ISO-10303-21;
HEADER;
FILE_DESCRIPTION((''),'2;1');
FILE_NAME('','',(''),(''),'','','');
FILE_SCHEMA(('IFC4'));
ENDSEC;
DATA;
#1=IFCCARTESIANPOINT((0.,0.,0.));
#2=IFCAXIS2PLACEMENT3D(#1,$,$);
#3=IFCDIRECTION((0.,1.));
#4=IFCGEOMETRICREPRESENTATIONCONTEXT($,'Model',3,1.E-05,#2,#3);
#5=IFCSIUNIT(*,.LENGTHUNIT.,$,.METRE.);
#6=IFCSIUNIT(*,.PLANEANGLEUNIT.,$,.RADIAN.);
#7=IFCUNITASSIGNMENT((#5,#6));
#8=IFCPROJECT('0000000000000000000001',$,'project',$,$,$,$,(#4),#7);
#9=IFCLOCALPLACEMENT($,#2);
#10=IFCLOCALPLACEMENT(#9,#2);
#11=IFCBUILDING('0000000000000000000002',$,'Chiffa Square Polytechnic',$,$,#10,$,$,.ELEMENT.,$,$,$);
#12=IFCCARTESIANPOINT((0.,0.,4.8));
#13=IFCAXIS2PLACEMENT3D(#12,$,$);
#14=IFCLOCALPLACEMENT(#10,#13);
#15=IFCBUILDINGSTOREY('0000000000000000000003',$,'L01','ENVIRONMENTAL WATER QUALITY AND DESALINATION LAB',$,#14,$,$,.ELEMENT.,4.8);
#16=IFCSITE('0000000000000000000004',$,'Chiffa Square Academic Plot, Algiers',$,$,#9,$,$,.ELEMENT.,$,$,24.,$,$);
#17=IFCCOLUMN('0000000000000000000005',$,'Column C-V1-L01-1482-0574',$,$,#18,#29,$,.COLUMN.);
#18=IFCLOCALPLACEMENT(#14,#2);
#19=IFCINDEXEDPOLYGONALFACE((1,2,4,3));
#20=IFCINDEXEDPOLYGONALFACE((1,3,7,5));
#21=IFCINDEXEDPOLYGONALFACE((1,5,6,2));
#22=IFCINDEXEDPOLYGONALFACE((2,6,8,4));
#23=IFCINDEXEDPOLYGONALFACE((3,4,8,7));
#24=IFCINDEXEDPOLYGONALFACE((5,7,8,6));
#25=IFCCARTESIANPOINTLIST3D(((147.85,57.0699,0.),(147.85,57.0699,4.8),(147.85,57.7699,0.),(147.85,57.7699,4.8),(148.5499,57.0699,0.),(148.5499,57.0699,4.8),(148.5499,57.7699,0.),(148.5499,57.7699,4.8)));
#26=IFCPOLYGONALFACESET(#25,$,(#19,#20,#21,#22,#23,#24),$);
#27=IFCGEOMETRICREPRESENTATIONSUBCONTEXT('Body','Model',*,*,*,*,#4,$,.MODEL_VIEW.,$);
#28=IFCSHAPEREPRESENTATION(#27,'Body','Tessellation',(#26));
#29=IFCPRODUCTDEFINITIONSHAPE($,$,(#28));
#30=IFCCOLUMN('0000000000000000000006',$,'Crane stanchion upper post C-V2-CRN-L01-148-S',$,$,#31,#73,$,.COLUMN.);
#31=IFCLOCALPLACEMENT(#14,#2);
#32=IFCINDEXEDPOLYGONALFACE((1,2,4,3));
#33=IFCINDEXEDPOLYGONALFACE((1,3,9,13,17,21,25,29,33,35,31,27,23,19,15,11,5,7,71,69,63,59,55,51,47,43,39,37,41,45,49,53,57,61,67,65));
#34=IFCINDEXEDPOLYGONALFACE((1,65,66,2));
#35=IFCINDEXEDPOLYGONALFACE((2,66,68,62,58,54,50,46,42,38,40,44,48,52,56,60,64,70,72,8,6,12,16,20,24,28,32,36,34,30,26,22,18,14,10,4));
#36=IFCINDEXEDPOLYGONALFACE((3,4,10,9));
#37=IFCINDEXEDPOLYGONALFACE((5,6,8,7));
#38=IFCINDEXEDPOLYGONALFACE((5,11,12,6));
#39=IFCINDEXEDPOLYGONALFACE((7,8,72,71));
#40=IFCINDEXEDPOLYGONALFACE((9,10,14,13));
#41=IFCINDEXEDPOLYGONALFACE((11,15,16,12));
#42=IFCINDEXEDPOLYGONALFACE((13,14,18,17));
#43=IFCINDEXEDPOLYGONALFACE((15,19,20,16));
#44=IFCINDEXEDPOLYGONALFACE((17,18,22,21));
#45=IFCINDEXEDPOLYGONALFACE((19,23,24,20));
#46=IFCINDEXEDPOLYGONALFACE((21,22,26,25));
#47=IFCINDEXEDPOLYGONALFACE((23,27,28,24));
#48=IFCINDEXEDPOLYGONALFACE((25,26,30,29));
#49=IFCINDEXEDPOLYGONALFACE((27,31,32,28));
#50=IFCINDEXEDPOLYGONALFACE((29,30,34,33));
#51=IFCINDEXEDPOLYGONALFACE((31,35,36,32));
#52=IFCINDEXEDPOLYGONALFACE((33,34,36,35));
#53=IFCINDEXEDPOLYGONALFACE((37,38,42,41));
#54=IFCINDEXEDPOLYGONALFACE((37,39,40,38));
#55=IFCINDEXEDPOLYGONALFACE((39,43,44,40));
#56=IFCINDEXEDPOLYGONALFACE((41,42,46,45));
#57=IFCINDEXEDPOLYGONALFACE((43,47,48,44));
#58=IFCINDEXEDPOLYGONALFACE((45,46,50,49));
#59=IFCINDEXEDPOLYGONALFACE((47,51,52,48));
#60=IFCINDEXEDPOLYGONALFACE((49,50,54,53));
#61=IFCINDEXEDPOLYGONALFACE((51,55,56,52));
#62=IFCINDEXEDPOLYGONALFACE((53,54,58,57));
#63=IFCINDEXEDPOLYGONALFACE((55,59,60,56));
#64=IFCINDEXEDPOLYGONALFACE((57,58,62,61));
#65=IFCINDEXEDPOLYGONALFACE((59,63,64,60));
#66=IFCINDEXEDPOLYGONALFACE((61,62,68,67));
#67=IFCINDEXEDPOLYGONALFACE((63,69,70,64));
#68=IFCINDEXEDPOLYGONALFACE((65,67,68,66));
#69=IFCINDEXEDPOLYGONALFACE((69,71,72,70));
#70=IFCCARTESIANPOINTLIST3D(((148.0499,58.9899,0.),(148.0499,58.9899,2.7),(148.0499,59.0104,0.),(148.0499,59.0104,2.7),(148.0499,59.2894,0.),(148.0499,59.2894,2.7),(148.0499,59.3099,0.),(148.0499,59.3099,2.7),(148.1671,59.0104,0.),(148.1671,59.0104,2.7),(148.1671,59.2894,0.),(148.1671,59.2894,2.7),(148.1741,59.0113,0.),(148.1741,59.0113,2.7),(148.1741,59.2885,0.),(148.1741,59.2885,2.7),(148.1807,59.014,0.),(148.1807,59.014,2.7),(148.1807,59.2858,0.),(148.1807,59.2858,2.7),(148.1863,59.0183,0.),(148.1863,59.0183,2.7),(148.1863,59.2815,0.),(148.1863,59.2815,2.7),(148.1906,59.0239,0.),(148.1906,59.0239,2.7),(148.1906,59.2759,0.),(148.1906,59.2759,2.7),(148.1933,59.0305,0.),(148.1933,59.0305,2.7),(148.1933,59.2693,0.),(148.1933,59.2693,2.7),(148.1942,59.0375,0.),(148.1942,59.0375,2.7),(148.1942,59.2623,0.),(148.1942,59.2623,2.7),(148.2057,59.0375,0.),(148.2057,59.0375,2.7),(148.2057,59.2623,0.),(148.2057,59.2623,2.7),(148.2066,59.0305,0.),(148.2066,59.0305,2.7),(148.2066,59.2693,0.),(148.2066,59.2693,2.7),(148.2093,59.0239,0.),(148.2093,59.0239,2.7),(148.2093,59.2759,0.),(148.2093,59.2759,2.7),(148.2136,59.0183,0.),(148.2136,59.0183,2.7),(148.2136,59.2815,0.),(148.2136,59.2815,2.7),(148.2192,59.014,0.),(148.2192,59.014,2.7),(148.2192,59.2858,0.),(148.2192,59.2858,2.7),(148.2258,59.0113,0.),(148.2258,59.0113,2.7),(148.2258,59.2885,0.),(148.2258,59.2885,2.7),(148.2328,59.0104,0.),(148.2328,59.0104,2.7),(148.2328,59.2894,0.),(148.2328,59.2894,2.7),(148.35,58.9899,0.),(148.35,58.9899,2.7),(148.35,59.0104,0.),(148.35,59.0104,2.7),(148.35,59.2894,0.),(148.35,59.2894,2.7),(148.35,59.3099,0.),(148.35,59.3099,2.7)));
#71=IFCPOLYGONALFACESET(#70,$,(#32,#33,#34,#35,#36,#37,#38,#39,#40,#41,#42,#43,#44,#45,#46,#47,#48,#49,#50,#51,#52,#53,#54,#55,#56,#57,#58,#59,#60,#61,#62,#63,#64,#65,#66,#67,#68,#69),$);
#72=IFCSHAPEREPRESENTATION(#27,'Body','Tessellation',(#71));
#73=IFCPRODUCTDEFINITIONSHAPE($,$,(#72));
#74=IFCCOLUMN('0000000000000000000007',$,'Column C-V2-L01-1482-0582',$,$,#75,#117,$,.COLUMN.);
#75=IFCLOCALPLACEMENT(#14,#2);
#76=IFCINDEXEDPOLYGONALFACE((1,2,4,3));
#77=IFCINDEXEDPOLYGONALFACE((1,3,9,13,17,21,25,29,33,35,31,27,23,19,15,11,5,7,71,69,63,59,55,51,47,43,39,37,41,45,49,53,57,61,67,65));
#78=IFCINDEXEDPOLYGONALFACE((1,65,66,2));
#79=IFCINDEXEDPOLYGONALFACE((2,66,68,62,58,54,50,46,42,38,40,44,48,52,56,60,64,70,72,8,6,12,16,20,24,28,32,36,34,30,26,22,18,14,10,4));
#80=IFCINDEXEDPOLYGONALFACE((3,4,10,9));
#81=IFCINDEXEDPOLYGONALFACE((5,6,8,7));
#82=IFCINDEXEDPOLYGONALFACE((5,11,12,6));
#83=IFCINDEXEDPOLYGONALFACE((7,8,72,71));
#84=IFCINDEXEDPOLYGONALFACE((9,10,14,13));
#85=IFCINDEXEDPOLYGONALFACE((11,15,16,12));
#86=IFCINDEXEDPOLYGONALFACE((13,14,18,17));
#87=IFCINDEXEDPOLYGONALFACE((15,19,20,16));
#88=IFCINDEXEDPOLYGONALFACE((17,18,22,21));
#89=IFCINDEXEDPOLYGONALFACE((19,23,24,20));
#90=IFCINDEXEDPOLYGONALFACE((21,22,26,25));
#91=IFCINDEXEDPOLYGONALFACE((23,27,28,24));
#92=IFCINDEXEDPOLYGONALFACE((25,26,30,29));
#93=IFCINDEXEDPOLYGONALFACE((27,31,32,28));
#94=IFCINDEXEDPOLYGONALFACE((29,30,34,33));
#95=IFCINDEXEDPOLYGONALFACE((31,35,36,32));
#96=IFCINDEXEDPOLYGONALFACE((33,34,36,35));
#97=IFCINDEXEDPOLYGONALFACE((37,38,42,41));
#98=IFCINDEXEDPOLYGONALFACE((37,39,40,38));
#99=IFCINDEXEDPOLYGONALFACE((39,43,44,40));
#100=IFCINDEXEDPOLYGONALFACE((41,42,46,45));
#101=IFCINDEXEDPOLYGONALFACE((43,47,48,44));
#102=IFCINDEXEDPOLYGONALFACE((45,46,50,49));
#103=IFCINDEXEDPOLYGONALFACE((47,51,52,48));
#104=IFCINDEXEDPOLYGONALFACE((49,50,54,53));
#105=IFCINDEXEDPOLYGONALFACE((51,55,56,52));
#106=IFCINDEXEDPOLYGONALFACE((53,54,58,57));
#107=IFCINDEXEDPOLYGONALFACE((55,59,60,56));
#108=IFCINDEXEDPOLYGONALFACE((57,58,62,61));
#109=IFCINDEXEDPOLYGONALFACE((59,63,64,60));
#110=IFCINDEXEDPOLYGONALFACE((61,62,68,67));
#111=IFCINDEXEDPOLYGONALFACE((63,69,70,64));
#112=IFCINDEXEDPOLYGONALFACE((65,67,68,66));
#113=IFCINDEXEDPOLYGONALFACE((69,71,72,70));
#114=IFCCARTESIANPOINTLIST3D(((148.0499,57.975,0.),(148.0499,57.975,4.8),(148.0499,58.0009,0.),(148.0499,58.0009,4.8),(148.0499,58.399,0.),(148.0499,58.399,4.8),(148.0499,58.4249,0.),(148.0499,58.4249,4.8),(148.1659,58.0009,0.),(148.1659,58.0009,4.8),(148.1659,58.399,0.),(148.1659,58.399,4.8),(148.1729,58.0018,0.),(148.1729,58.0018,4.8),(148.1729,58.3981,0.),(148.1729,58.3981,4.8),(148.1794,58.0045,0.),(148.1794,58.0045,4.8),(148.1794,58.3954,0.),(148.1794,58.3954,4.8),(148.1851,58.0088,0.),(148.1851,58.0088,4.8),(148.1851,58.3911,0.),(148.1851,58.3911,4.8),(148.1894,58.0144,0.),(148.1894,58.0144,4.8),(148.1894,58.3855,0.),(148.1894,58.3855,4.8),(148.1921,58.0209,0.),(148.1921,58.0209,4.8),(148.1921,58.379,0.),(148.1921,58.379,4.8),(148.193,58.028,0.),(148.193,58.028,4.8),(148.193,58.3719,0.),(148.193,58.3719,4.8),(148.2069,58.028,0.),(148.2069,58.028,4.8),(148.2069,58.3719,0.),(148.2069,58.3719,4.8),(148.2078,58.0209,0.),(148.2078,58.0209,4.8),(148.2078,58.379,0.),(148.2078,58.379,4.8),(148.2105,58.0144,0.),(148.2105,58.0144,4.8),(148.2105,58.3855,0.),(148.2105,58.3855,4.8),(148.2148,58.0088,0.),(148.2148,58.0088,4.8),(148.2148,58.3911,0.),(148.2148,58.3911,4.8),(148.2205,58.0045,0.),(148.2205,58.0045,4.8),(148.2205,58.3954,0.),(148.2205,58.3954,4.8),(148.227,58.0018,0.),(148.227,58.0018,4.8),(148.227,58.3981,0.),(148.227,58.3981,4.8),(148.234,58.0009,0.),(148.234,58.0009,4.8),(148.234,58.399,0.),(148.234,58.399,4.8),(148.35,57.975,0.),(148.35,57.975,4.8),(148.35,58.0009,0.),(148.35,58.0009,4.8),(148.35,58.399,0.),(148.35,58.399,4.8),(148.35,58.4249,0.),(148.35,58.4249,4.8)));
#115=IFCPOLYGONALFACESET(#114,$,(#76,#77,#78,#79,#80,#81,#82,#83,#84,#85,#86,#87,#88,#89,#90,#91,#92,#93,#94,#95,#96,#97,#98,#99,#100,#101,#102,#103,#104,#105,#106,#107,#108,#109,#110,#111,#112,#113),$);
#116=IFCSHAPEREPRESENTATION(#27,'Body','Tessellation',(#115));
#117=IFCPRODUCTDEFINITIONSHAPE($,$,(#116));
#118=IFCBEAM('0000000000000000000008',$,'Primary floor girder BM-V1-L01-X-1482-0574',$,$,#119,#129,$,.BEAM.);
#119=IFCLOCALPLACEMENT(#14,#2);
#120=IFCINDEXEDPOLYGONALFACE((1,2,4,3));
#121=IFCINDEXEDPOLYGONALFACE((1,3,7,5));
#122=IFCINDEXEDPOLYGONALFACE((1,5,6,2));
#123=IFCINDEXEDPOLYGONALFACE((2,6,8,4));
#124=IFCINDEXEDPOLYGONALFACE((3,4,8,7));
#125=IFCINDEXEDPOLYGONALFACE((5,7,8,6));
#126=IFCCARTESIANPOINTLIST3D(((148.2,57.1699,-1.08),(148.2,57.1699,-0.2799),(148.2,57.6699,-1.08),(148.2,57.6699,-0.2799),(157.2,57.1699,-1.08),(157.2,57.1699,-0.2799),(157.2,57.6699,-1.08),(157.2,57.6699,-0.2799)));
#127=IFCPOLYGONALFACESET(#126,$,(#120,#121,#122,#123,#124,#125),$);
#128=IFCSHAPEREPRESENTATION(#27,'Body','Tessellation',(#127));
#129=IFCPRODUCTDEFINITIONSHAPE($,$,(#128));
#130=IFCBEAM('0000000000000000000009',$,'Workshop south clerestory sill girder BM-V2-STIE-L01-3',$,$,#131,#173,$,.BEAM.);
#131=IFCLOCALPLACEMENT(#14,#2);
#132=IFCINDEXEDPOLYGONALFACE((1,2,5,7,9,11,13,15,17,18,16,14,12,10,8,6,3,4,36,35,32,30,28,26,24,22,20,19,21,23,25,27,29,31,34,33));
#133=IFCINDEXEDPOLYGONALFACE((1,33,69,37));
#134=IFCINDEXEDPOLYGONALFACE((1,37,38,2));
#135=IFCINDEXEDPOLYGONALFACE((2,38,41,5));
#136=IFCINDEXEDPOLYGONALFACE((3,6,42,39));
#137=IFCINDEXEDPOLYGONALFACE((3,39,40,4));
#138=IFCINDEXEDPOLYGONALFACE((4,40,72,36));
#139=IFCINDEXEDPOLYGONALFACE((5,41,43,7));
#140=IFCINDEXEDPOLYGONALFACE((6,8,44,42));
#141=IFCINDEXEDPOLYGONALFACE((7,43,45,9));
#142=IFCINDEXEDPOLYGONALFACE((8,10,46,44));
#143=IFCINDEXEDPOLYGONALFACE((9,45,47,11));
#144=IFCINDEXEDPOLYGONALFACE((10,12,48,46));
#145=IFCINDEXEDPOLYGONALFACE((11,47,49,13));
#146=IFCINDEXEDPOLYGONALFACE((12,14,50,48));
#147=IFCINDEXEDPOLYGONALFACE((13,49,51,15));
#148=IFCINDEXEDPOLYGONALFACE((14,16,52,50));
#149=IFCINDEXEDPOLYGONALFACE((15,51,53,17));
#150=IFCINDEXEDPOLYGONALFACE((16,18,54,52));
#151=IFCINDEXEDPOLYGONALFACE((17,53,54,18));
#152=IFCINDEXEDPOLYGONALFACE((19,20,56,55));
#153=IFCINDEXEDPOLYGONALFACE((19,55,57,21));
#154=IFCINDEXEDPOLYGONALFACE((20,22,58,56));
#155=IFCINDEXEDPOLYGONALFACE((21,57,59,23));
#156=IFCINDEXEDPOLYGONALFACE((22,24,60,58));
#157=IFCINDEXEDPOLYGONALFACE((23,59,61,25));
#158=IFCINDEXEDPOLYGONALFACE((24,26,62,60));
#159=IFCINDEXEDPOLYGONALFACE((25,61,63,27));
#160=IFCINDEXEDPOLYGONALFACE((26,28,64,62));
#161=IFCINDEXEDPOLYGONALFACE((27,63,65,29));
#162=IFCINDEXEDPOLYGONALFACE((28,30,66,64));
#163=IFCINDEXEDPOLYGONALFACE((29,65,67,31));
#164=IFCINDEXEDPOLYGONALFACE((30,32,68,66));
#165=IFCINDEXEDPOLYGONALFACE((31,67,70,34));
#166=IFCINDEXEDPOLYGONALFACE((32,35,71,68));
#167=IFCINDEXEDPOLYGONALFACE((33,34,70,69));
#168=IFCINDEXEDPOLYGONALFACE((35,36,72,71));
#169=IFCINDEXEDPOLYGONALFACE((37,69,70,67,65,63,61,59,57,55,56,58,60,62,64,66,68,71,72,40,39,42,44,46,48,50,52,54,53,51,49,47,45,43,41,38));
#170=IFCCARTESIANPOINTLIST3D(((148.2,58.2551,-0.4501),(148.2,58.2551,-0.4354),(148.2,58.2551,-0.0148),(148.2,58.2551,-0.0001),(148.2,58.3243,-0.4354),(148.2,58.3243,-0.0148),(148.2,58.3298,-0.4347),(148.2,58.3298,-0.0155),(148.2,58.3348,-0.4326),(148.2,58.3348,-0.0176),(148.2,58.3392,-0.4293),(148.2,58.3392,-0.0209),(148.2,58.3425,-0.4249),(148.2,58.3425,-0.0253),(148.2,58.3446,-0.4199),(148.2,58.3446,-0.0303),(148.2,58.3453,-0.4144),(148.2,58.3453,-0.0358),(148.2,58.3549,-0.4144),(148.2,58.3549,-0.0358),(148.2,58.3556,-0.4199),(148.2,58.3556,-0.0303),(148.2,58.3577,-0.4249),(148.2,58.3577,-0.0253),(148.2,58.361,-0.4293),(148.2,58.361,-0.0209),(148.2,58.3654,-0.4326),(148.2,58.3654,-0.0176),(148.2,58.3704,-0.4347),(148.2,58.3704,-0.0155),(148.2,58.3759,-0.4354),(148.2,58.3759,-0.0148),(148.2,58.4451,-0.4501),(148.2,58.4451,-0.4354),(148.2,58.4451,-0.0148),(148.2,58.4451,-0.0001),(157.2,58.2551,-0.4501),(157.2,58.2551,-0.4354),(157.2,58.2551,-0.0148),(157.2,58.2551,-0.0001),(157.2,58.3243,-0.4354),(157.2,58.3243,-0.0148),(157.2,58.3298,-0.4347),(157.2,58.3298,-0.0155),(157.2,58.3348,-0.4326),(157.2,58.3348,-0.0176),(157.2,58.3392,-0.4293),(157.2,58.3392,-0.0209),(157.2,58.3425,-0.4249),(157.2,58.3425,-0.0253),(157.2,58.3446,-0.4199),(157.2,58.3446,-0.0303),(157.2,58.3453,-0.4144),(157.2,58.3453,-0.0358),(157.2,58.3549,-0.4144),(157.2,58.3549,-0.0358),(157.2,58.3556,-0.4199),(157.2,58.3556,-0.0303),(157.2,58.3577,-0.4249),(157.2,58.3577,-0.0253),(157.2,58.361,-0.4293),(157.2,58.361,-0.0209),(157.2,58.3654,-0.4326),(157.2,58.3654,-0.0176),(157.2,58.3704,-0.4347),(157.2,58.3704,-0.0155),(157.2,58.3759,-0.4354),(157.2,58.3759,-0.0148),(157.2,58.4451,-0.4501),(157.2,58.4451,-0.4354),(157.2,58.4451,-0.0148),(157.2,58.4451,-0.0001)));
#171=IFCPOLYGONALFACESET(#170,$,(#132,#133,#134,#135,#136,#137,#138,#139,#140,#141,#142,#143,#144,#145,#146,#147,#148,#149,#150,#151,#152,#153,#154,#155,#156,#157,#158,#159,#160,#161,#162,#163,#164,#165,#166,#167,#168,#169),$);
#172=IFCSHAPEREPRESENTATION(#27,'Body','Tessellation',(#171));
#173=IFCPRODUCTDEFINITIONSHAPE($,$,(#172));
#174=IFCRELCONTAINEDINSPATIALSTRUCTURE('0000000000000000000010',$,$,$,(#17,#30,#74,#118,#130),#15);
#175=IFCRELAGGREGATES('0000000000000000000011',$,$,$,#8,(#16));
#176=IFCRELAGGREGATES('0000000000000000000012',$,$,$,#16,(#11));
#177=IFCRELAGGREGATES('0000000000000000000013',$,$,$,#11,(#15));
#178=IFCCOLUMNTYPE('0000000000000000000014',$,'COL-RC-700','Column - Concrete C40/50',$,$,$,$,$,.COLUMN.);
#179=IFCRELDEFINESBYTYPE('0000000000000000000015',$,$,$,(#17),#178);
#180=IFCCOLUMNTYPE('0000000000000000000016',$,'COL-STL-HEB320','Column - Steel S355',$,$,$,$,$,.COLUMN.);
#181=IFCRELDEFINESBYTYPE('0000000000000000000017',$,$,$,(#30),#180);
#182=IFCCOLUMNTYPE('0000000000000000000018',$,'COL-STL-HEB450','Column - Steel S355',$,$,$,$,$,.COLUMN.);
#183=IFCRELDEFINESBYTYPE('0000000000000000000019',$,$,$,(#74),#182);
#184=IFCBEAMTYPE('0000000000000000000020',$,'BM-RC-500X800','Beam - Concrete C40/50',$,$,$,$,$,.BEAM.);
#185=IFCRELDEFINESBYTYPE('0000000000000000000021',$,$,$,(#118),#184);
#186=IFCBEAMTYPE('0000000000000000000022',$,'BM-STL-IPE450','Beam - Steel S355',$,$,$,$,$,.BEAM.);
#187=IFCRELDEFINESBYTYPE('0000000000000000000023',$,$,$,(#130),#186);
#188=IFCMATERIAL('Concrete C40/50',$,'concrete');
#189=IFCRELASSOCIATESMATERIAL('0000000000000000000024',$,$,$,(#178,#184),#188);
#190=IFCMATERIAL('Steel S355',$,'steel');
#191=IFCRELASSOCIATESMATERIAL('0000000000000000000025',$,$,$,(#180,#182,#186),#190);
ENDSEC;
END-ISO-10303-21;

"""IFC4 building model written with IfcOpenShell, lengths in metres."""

from ifc_helpers import new_model, si_unit, direction, frame, origin, origin_2d, place, context, subcontext, project, spatial, rectangle, i_section, extrude, material, material_profile, profile_set, type_object, element, save


model = new_model("IFC4")

# Units and contexts
model_context = context("Model", 3, precision=1e-05, world=origin(), true_north=direction((0.0, 1.0)))
body_context = subcontext(model_context, "Body", "Model", "MODEL_VIEW")
ifc_project = project(units=[si_unit("LENGTHUNIT", "METRE"), si_unit("PLANEANGLEUNIT", "RADIAN")], contexts=[model_context])

# Site, building, storey
site_placement = place(None, origin())
site = spatial("IfcSite", under=ifc_project, at=site_placement, Name="Chiffa Square Academic Plot, Algiers", CompositionType="ELEMENT", RefElevation=24.0)
building_placement = place(site_placement, origin())
building = spatial("IfcBuilding", under=site, at=building_placement, Name="Chiffa Square Polytechnic", CompositionType="ELEMENT")
storey_placement = place(building_placement, frame((0.0, 0.0, 4.8)))
storey = spatial("IfcBuildingStorey", under=building, at=storey_placement, Name="L01", Description="ENVIRONMENTAL WATER QUALITY AND DESALINATION LAB", CompositionType="ELEMENT", Elevation=4.8)

# Columns
ifc_material_1 = material(Name="Concrete C40/50", Category="concrete")
ifc_material_profile_1 = material_profile(ifc_material_1, rectangle(XDim=0.7, YDim=0.7, at=origin_2d()), Name="RC 700x700")
ifc_profile_set_1 = profile_set([ifc_material_profile_1], Name="Concrete C40/50")
column_type_1 = type_object("IfcColumnType", Name="COL-RC-700", Description="Column - Concrete C40/50", PredefinedType="COLUMN", material=ifc_profile_set_1)
column_1_placement = place(storey_placement, frame((148.2, 57.4199, 0.0), z_axis=(0.0, 0.0, 1.0), x_axis=(1.0, 0.0, 0.0)))
element("IfcColumn", 1, at=column_1_placement, inside=storey, type_object=column_type_1, Name="Column C-V1-L01-1482-0574", PredefinedType="COLUMN", context=body_context, shape_type="SweptSolid", body=[
    extrude(rectangle(XDim=0.7, YDim=0.7, at=origin_2d()), origin(), (0.0, 0.0, 1.0), 4.8),
])
ifc_material_2 = material(Name="Steel S355", Category="steel")
ifc_material_profile_2 = material_profile(ifc_material_2, i_section(OverallWidth=0.3, OverallDepth=0.3201, WebThickness=0.0115, FlangeThickness=0.0205, FilletRadius=0.0271, at=origin_2d()), Name="HEB 320")
ifc_profile_set_2 = profile_set([ifc_material_profile_2], Name="Steel S355")
column_type_2 = type_object("IfcColumnType", Name="COL-STL-HEB320", Description="Column - Steel S355", PredefinedType="COLUMN", material=ifc_profile_set_2)
column_2_placement = place(storey_placement, frame((148.2, 59.1499, 0.0), z_axis=(0.0, 0.0, 1.0), x_axis=(1.0, 0.0, 0.0)))
element("IfcColumn", 2, at=column_2_placement, inside=storey, type_object=column_type_2, Name="Crane stanchion upper post C-V2-CRN-L01-148-S", PredefinedType="COLUMN", context=body_context, shape_type="SweptSolid", body=[
    extrude(i_section(OverallWidth=0.3, OverallDepth=0.3201, WebThickness=0.0115, FlangeThickness=0.0205, FilletRadius=0.0271, at=origin_2d()), origin(), (0.0, 0.0, 1.0), 2.7),
])
ifc_material_profile_3 = material_profile(ifc_material_2, i_section(OverallWidth=0.3, OverallDepth=0.45, WebThickness=0.0139, FlangeThickness=0.0259, FilletRadius=0.0271, at=origin_2d()), Name="HEB 450")
ifc_profile_set_3 = profile_set([ifc_material_profile_3], Name="Steel S355")
column_type_3 = type_object("IfcColumnType", Name="COL-STL-HEB450", Description="Column - Steel S355", PredefinedType="COLUMN", material=ifc_profile_set_3)
column_3_placement = place(storey_placement, frame((148.2, 58.2, 0.0), z_axis=(0.0, 0.0, 1.0), x_axis=(1.0, 0.0, 0.0)))
element("IfcColumn", 3, at=column_3_placement, inside=storey, type_object=column_type_3, Name="Column C-V2-L01-1482-0582", PredefinedType="COLUMN", context=body_context, shape_type="SweptSolid", body=[
    extrude(i_section(OverallWidth=0.3, OverallDepth=0.45, WebThickness=0.0139, FlangeThickness=0.0259, FilletRadius=0.0271, at=origin_2d()), origin(), (0.0, 0.0, 1.0), 4.8),
])

# Beams
ifc_material_profile_4 = material_profile(ifc_material_1, rectangle(XDim=0.5, YDim=0.8, at=origin_2d()), Name="RC 500x800")
ifc_profile_set_4 = profile_set([ifc_material_profile_4], Name="Concrete C40/50")
beam_type_1 = type_object("IfcBeamType", Name="BM-RC-500X800", Description="Beam - Concrete C40/50", PredefinedType="BEAM", material=ifc_profile_set_4)
beam_1_placement = place(storey_placement, frame((148.2, 57.4199, -0.6799), z_axis=(1.0, 0.0, 0.0), x_axis=(0.0, 1.0, 0.0)))
element("IfcBeam", 4, at=beam_1_placement, inside=storey, type_object=beam_type_1, Name="Primary floor girder BM-V1-L01-X-1482-0574", PredefinedType="BEAM", context=body_context, shape_type="SweptSolid", body=[
    extrude(rectangle(XDim=0.5, YDim=0.8, at=origin_2d()), origin(), (0.0, 0.0, 1.0), 9.0),
])
ifc_material_profile_5 = material_profile(ifc_material_2, i_section(OverallWidth=0.1899, OverallDepth=0.45, WebThickness=0.0095, FlangeThickness=0.0146, FilletRadius=0.021, at=origin_2d()), Name="IPE 450")
ifc_profile_set_5 = profile_set([ifc_material_profile_5], Name="Steel S355")
beam_type_2 = type_object("IfcBeamType", Name="BM-STL-IPE450", Description="Beam - Steel S355", PredefinedType="BEAM", material=ifc_profile_set_5)
for number, where, z_axis, x_axis, name in (
    (5, (148.2, 58.3501, -0.2251), (1.0, 0.0, 0.0), (0.0, 1.0, 0.0), "Workshop south clerestory sill girder BM-V2-STIE-L01-3"),
):
    element("IfcBeam", number, at=place(storey_placement, frame(where, z_axis=z_axis, x_axis=x_axis)), inside=storey, type_object=beam_type_2, Name=name, PredefinedType="BEAM", context=body_context, shape_type="SweptSolid", body=[
        extrude(i_section(OverallWidth=0.1899, OverallDepth=0.45, WebThickness=0.0095, FlangeThickness=0.0146, FilletRadius=0.021, at=origin_2d()), origin(), (0.0, 0.0, 1.0), 9.0),
    ])

save(model, "model.ifc")
